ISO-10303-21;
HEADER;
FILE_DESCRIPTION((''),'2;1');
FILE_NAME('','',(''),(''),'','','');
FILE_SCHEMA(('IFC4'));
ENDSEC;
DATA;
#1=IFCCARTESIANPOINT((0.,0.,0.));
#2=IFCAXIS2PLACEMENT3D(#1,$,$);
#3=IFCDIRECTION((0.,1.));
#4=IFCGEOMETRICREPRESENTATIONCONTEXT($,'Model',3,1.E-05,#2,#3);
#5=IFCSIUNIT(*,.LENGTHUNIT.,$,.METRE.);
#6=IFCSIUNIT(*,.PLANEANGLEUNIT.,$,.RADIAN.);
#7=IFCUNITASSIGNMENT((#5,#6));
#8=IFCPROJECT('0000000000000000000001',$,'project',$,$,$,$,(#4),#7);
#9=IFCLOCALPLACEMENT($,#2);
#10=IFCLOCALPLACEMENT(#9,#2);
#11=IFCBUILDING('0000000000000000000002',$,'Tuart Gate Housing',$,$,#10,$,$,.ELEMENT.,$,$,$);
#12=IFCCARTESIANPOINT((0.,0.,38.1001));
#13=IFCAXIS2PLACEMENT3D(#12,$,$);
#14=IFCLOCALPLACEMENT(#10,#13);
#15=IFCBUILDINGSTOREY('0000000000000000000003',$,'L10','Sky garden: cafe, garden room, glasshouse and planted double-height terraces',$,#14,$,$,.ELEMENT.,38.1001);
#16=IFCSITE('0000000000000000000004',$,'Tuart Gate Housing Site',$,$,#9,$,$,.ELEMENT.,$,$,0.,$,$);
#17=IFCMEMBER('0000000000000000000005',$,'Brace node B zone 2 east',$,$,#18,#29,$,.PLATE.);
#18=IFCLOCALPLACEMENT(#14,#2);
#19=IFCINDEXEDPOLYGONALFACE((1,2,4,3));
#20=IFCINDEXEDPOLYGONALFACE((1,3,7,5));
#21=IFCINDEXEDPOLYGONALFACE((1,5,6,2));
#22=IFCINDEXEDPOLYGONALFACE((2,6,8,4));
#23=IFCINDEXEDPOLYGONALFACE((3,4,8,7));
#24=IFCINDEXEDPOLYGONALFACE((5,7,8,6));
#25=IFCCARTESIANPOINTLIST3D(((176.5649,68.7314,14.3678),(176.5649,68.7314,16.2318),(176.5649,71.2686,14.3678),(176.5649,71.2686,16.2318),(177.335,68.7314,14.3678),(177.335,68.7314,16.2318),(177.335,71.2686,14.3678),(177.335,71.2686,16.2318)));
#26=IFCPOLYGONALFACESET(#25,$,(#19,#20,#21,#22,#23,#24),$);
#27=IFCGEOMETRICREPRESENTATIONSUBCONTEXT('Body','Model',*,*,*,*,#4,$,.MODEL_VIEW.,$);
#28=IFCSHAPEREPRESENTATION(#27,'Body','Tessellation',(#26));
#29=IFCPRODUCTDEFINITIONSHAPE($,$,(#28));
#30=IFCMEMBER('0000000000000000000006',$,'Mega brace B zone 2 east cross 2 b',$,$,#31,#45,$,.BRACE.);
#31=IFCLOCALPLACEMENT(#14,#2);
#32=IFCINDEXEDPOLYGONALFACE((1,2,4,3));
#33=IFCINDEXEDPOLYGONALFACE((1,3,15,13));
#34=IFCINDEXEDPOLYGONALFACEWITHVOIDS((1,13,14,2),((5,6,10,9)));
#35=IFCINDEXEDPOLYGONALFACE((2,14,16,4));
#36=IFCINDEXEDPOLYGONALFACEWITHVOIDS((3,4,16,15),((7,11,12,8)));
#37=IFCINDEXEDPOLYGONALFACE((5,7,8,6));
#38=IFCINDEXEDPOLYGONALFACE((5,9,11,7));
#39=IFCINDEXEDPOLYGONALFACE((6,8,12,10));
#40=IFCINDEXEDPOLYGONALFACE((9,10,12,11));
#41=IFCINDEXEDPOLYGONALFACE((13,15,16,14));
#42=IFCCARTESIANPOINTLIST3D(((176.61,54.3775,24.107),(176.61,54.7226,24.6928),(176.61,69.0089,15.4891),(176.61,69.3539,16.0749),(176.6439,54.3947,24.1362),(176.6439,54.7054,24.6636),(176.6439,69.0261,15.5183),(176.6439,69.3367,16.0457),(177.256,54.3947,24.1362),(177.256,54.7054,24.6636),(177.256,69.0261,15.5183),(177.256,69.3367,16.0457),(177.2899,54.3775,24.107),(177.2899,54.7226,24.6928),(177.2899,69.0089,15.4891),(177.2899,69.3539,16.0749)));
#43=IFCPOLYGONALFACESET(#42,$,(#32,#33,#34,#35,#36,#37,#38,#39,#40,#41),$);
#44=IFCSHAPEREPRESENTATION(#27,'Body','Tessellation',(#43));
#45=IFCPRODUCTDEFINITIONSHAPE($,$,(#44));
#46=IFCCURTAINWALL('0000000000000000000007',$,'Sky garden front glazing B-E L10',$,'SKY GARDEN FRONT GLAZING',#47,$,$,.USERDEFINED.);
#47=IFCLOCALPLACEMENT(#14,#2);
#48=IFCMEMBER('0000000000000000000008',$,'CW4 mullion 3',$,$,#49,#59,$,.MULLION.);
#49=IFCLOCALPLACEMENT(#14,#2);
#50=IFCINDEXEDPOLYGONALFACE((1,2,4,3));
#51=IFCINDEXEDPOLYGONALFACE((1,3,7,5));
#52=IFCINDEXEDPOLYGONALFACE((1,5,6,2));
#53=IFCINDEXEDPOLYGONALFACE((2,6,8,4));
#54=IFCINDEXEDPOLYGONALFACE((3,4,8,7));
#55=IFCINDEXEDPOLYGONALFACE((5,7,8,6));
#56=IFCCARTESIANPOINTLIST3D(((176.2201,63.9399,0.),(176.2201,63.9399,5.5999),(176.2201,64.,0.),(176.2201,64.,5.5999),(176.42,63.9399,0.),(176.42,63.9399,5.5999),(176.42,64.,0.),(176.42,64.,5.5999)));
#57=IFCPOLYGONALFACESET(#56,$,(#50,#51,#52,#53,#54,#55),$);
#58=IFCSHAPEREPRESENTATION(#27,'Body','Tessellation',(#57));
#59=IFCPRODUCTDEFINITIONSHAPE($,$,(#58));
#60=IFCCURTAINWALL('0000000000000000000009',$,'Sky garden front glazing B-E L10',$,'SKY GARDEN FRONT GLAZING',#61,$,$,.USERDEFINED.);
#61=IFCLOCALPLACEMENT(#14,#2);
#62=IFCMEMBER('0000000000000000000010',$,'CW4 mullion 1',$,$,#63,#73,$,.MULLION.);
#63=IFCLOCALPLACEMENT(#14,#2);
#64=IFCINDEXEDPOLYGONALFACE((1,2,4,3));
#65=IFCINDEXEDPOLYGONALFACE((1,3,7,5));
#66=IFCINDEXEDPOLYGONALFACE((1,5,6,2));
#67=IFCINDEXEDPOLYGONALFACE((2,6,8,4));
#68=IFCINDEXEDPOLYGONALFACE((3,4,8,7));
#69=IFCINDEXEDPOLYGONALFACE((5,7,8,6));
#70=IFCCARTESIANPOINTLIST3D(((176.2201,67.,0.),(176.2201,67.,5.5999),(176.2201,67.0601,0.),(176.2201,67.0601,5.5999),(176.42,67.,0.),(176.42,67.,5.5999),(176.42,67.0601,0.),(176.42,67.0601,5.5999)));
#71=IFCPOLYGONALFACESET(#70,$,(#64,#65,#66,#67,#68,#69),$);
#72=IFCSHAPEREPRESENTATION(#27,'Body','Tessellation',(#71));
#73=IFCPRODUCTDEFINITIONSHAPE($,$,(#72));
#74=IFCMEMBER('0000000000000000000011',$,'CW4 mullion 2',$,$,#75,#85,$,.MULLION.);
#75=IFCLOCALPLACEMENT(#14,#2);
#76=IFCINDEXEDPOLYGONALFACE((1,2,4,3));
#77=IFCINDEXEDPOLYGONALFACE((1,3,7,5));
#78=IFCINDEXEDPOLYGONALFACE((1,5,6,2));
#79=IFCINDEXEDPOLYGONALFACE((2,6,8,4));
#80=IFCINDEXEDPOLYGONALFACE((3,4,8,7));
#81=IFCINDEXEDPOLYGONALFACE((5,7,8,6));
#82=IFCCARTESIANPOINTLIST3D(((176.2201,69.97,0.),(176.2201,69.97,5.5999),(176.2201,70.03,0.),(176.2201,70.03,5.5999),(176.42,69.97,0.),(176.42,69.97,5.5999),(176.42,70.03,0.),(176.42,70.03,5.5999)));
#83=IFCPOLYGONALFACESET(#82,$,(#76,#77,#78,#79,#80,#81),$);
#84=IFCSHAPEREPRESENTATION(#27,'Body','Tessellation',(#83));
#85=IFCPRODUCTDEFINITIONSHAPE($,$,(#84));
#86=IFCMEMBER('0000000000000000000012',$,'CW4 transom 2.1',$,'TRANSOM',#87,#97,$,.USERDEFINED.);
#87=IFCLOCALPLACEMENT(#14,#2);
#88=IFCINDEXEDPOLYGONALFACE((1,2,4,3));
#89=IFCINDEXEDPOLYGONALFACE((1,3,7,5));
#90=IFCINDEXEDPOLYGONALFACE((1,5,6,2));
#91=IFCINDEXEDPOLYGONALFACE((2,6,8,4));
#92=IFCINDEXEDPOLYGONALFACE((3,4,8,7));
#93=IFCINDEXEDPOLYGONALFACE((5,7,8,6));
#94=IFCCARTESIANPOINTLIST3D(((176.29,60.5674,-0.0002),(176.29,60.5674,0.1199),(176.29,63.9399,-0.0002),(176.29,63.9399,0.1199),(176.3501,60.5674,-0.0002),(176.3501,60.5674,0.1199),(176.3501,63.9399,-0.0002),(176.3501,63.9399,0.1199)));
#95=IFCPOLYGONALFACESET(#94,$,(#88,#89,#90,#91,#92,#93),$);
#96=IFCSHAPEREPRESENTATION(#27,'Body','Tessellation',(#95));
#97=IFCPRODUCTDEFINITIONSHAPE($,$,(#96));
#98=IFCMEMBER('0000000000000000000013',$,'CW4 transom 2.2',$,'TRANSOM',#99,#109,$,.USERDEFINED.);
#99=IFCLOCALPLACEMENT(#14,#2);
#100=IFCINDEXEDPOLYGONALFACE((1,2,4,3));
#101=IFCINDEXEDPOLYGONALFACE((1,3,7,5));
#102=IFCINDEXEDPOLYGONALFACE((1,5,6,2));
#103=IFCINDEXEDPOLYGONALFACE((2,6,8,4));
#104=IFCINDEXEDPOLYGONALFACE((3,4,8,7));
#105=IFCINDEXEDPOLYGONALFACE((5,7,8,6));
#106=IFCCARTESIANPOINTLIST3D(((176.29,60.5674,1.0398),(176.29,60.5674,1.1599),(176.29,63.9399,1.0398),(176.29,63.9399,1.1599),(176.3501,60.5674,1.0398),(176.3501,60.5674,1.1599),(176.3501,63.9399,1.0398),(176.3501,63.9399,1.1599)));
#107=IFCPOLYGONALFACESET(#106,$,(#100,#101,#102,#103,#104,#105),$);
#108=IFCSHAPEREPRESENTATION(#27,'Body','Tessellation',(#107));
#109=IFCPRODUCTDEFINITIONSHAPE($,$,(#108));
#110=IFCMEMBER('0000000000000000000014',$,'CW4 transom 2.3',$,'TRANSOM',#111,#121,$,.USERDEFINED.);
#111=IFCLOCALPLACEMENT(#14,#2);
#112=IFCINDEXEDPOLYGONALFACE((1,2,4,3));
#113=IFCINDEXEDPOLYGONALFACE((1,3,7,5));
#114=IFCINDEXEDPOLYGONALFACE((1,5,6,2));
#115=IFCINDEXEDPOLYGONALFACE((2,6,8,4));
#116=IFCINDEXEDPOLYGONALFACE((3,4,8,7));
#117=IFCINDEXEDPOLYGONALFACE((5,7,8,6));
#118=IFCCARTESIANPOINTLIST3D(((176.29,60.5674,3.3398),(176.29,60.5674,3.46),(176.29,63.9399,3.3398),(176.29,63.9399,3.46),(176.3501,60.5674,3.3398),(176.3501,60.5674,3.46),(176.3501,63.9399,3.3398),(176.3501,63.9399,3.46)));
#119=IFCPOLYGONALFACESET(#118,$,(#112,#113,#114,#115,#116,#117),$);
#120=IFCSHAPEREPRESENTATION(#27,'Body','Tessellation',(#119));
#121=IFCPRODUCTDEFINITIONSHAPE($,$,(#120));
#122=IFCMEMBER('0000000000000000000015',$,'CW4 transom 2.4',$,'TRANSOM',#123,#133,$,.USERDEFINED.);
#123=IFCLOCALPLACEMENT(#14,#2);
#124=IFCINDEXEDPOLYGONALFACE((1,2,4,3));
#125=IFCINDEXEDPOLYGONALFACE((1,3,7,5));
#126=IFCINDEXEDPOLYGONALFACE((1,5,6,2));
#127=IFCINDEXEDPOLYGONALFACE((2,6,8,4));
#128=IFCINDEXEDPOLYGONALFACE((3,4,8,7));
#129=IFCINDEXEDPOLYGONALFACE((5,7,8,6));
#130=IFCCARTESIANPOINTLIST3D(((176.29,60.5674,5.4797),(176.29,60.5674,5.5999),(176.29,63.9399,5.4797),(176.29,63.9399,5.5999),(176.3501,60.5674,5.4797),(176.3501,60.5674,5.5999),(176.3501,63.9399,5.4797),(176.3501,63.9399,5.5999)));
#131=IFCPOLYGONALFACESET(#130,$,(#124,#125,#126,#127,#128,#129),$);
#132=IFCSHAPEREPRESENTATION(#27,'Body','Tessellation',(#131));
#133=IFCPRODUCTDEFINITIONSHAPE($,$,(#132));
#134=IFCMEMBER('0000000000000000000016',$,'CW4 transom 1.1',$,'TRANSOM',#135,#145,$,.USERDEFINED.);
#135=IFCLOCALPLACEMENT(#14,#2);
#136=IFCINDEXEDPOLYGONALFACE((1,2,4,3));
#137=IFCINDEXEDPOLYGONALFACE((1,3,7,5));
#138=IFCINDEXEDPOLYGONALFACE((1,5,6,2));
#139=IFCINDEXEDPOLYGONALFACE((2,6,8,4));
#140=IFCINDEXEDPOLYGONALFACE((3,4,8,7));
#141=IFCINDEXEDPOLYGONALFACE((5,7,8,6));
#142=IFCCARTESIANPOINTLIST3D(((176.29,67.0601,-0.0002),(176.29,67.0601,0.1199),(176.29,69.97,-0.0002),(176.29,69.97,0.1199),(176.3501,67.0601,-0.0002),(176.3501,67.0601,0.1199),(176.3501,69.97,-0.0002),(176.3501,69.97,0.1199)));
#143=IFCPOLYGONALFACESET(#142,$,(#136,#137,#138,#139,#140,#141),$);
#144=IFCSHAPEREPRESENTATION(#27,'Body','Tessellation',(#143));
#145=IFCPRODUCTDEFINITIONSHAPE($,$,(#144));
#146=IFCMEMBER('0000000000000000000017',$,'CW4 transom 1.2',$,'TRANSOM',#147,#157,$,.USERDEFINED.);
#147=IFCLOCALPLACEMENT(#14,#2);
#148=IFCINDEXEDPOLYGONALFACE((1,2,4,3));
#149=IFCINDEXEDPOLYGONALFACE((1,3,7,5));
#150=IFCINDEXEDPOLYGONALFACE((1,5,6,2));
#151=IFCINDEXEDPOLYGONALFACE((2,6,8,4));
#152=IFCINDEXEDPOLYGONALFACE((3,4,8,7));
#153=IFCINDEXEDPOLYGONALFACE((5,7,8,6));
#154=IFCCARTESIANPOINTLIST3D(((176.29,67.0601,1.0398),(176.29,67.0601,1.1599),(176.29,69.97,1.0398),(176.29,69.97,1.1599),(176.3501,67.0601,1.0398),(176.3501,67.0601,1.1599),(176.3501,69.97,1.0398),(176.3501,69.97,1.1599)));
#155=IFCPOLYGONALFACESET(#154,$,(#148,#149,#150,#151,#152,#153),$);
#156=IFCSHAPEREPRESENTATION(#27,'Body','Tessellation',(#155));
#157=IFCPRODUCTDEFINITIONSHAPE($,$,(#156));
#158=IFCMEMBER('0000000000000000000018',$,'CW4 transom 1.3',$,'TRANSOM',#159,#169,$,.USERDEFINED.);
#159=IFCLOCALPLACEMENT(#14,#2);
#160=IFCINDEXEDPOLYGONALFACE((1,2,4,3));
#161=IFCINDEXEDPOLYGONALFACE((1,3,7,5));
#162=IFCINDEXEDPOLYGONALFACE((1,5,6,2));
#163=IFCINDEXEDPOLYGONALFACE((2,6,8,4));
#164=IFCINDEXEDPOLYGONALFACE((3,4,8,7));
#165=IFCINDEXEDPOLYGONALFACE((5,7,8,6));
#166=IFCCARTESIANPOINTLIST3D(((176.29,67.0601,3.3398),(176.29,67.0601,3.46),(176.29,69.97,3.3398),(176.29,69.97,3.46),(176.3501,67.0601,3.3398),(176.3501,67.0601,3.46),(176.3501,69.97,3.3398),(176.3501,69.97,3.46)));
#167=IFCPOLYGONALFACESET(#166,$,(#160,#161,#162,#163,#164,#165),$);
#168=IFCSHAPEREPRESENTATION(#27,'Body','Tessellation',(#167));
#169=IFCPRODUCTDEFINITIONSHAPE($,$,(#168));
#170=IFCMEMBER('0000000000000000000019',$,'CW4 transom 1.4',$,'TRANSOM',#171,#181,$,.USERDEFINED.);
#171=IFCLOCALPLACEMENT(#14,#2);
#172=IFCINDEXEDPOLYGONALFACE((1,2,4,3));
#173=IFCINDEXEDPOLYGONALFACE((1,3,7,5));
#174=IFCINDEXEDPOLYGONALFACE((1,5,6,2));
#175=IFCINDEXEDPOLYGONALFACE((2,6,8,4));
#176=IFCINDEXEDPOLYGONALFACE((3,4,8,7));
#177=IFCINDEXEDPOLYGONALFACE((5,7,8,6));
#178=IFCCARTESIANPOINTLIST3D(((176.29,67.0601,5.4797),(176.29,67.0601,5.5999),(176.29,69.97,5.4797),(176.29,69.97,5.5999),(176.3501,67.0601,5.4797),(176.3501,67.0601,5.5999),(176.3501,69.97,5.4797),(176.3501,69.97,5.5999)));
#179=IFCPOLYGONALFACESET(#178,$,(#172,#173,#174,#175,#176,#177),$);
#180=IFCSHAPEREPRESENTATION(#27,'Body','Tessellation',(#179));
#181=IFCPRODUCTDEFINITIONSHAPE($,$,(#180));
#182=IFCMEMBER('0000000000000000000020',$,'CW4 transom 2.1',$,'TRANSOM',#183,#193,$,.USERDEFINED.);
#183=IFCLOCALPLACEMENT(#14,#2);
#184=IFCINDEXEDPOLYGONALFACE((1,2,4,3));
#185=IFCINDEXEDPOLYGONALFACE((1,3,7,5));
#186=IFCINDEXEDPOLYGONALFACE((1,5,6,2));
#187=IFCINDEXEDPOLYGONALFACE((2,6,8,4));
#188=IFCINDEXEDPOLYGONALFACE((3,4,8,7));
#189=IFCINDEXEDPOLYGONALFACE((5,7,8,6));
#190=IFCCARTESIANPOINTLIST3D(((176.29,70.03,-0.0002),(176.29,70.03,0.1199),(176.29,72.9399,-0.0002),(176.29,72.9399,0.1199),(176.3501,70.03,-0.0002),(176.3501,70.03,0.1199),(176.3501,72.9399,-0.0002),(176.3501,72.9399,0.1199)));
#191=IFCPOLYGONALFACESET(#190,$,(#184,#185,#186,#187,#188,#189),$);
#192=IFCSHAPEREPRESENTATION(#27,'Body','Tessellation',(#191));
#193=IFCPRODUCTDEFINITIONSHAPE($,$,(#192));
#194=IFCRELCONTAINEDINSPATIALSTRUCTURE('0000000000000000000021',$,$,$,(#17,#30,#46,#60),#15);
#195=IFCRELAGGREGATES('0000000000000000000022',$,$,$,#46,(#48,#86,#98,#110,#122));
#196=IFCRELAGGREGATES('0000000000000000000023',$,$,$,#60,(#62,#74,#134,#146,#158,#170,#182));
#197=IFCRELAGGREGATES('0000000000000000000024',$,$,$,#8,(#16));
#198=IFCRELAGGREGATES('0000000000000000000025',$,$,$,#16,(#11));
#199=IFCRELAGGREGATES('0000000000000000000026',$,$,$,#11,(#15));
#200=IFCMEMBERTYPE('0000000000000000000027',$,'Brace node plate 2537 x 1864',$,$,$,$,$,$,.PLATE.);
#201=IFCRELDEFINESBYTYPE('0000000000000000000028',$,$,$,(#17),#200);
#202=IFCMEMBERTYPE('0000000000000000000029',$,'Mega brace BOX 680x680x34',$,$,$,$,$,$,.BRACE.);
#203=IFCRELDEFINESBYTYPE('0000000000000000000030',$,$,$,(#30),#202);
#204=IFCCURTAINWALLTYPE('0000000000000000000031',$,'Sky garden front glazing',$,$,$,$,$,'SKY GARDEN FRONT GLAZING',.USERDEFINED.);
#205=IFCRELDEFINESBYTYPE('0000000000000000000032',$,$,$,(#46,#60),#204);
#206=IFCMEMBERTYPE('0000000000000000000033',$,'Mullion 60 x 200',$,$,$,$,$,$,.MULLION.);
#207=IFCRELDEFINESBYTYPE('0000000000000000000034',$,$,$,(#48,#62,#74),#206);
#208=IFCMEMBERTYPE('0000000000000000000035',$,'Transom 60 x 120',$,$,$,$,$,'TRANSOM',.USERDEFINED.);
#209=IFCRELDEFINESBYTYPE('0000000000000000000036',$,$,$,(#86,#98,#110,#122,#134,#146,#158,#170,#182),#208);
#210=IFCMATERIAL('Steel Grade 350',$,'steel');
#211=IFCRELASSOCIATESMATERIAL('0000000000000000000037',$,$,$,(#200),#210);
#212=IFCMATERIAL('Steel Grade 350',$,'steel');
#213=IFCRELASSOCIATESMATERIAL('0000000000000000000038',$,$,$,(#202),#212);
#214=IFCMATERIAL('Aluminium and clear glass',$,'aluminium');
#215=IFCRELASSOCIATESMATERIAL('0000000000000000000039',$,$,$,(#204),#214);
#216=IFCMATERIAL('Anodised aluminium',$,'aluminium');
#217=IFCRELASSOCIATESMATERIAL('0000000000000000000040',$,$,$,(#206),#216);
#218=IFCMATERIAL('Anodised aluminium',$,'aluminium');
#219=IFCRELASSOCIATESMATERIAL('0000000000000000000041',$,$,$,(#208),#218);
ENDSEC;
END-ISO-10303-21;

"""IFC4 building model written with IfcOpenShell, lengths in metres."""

from ifc_helpers import new_model, si_unit, direction, frame, origin, origin_2d, place, context, subcontext, project, spatial, rectangle, hollow_rectangle, extrude, material, material_profile, profile_set, type_object, element, aggregate, save


model = new_model("IFC4")

# Units and contexts
model_context = context("Model", 3, precision=1e-05, world=origin(), true_north=direction((0.0, 1.0)))
body_context = subcontext(model_context, "Body", "Model", "MODEL_VIEW")
ifc_project = project(units=[si_unit("LENGTHUNIT", "METRE"), si_unit("PLANEANGLEUNIT", "RADIAN")], contexts=[model_context])

# Site, building, storey
site_placement = place(None, origin())
site = spatial("IfcSite", under=ifc_project, at=site_placement, Name="Tuart Gate Housing Site", CompositionType="ELEMENT", RefElevation=0.0)
building_placement = place(site_placement, origin())
building = spatial("IfcBuilding", under=site, at=building_placement, Name="Tuart Gate Housing", CompositionType="ELEMENT")
storey_placement = place(building_placement, frame((0.0, 0.0, 38.1001)))
storey = spatial("IfcBuildingStorey", under=building, at=storey_placement, Name="L10", Description="Sky garden: cafe, garden room, glasshouse and planted double-height terraces", CompositionType="ELEMENT", Elevation=38.1001)

# Members
ifc_material_1 = material(Name="Steel Grade 350", Category="steel")
ifc_material_profile_1 = material_profile(ifc_material_1, rectangle(XDim=2.5371, YDim=1.864, at=origin_2d()), Name="Brace node plate 2537 x 1864")
ifc_profile_set_1 = profile_set([ifc_material_profile_1], Name="Steel Grade 350")
member_type_1 = type_object("IfcMemberType", Name="Brace node plate 2537 x 1864", PredefinedType="PLATE", material=ifc_profile_set_1)
member_1_placement = place(storey_placement, frame((176.5649, 70.0, 15.2998), z_axis=(1.0, 0.0, 0.0), x_axis=(0.0, 1.0, 0.0)))
element("IfcMember", 1, at=member_1_placement, inside=storey, type_object=member_type_1, Name="Brace node B zone 2 east", PredefinedType="PLATE", context=body_context, shape_type="SweptSolid", body=[
    extrude(rectangle(XDim=2.5371, YDim=1.864, at=origin_2d()), origin(), (0.0, 0.0, 1.0), 0.77),
])
ifc_material_2 = material(Name="Steel Grade 350", Category="steel")
ifc_material_profile_2 = material_profile(ifc_material_2, hollow_rectangle(XDim=0.6799, YDim=0.6799, WallThickness=0.0339, at=origin_2d()), Name="BOX 680x680x34")
ifc_profile_set_2 = profile_set([ifc_material_profile_2], Name="Steel Grade 350")
member_type_2 = type_object("IfcMemberType", Name="Mega brace BOX 680x680x34", PredefinedType="BRACE", material=ifc_profile_set_2)
member_2_placement = place(storey_placement, frame((176.95, 69.1814, 15.782), z_axis=(0.0, -0.861645, 0.507512), x_axis=(1.0, 0.0, 0.0)))
element("IfcMember", 2, at=member_2_placement, inside=storey, type_object=member_type_2, Name="Mega brace B zone 2 east cross 2 b", PredefinedType="BRACE", context=body_context, shape_type="SweptSolid", body=[
    extrude(hollow_rectangle(XDim=0.6799, YDim=0.6799, WallThickness=0.0339, at=origin_2d()), origin(), (0.0, 0.0, 1.0), 16.9807),
])

# Curtain wall, member
ifc_material_3 = material(Name="Aluminium and clear glass", Category="aluminium")
curtain_wall_type = type_object("IfcCurtainWallType", Name="Sky garden front glazing", ElementType="SKY GARDEN FRONT GLAZING", PredefinedType="USERDEFINED", material=ifc_material_3)
curtain_wall_1_placement = place(storey_placement, origin())
curtain_wall_1 = element("IfcCurtainWall", 3, at=curtain_wall_1_placement, inside=storey, type_object=curtain_wall_type, Name="Sky garden front glazing B-E L10", ObjectType="SKY GARDEN FRONT GLAZING", PredefinedType="USERDEFINED")
ifc_material_4 = material(Name="Anodised aluminium", Category="aluminium")
ifc_material_profile_3 = material_profile(ifc_material_4, rectangle(XDim=0.0601, YDim=0.2, at=origin_2d()), Name="60x200")
ifc_profile_set_3 = profile_set([ifc_material_profile_3], Name="Anodised aluminium")
member_type_3 = type_object("IfcMemberType", Name="Mullion 60 x 200", PredefinedType="MULLION", material=ifc_profile_set_3)
member_3_placement = place(storey_placement, frame((176.3201, 63.97, 0.0), z_axis=(0.0, 0.0, 1.0), x_axis=(0.0, 1.0, 0.0)))
member_3 = element("IfcMember", 4, at=member_3_placement, type_object=member_type_3, Name="CW4 mullion 3", PredefinedType="MULLION", context=body_context, shape_type="SweptSolid", body=[
    extrude(rectangle(XDim=0.0601, YDim=0.2, at=origin_2d()), origin(), (0.0, 0.0, 1.0), 5.5999),
])

# Curtain wall, members
curtain_wall_2_placement = place(storey_placement, origin())
curtain_wall_2 = element("IfcCurtainWall", 5, at=curtain_wall_2_placement, inside=storey, type_object=curtain_wall_type, Name="Sky garden front glazing B-E L10", ObjectType="SKY GARDEN FRONT GLAZING", PredefinedType="USERDEFINED")
member_4_placement = place(storey_placement, frame((176.3201, 67.03, 0.0), z_axis=(0.0, 0.0, 1.0), x_axis=(0.0, 1.0, 0.0)))
member_4 = element("IfcMember", 6, at=member_4_placement, type_object=member_type_3, Name="CW4 mullion 1", PredefinedType="MULLION", context=body_context, shape_type="SweptSolid", body=[
    extrude(rectangle(XDim=0.0601, YDim=0.2, at=origin_2d()), origin(), (0.0, 0.0, 1.0), 5.5999),
])
member_5_placement = place(storey_placement, frame((176.3201, 70.0, 0.0), z_axis=(0.0, 0.0, 1.0), x_axis=(0.0, 1.0, 0.0)))
member_5 = element("IfcMember", 7, at=member_5_placement, type_object=member_type_3, Name="CW4 mullion 2", PredefinedType="MULLION", context=body_context, shape_type="SweptSolid", body=[
    extrude(rectangle(XDim=0.0601, YDim=0.2, at=origin_2d()), origin(), (0.0, 0.0, 1.0), 5.5999),
])

# Members
ifc_material_5 = material(Name="Anodised aluminium", Category="aluminium")
ifc_material_profile_4 = material_profile(ifc_material_5, rectangle(XDim=0.0601, YDim=0.1201, at=origin_2d()), Name="60x120")
ifc_profile_set_4 = profile_set([ifc_material_profile_4], Name="Anodised aluminium")
member_type_4 = type_object("IfcMemberType", Name="Transom 60 x 120", ElementType="TRANSOM", PredefinedType="USERDEFINED", material=ifc_profile_set_4)
member_6_placement = place(storey_placement, frame((176.3201, 60.5674, 0.0598), z_axis=(0.0, 1.0, 0.0), x_axis=(-1.0, 0.0, 0.0)))
member_6 = element("IfcMember", 8, at=member_6_placement, type_object=member_type_4, Name="CW4 transom 2.1", ObjectType="TRANSOM", PredefinedType="USERDEFINED", context=body_context, shape_type="SweptSolid", body=[
    extrude(rectangle(XDim=0.0601, YDim=0.1201, at=origin_2d()), origin(), (0.0, 0.0, 1.0), 3.3726),
])
member_7_placement = place(storey_placement, frame((176.3201, 60.5674, 1.0999), z_axis=(0.0, 1.0, 0.0), x_axis=(-1.0, 0.0, 0.0)))
member_7 = element("IfcMember", 9, at=member_7_placement, type_object=member_type_4, Name="CW4 transom 2.2", ObjectType="TRANSOM", PredefinedType="USERDEFINED", context=body_context, shape_type="SweptSolid", body=[
    extrude(rectangle(XDim=0.0601, YDim=0.1201, at=origin_2d()), origin(), (0.0, 0.0, 1.0), 3.3726),
])
member_8_placement = place(storey_placement, frame((176.3201, 60.5674, 3.3999), z_axis=(0.0, 1.0, 0.0), x_axis=(-1.0, 0.0, 0.0)))
member_8 = element("IfcMember", 10, at=member_8_placement, type_object=member_type_4, Name="CW4 transom 2.3", ObjectType="TRANSOM", PredefinedType="USERDEFINED", context=body_context, shape_type="SweptSolid", body=[
    extrude(rectangle(XDim=0.0601, YDim=0.1201, at=origin_2d()), origin(), (0.0, 0.0, 1.0), 3.3726),
])
member_9_placement = place(storey_placement, frame((176.3201, 60.5674, 5.5398), z_axis=(0.0, 1.0, 0.0), x_axis=(-1.0, 0.0, 0.0)))
member_9 = element("IfcMember", 11, at=member_9_placement, type_object=member_type_4, Name="CW4 transom 2.4", ObjectType="TRANSOM", PredefinedType="USERDEFINED", context=body_context, shape_type="SweptSolid", body=[
    extrude(rectangle(XDim=0.0601, YDim=0.1201, at=origin_2d()), origin(), (0.0, 0.0, 1.0), 3.3726),
])
member_10_placement = place(storey_placement, frame((176.3201, 67.0601, 0.0598), z_axis=(0.0, 1.0, 0.0), x_axis=(-1.0, 0.0, 0.0)))
member_10 = element("IfcMember", 12, at=member_10_placement, type_object=member_type_4, Name="CW4 transom 1.1", ObjectType="TRANSOM", PredefinedType="USERDEFINED", context=body_context, shape_type="SweptSolid", body=[
    extrude(rectangle(XDim=0.0601, YDim=0.1201, at=origin_2d()), origin(), (0.0, 0.0, 1.0), 2.9099),
])
member_11_placement = place(storey_placement, frame((176.3201, 67.0601, 1.0999), z_axis=(0.0, 1.0, 0.0), x_axis=(-1.0, 0.0, 0.0)))
member_11 = element("IfcMember", 13, at=member_11_placement, type_object=member_type_4, Name="CW4 transom 1.2", ObjectType="TRANSOM", PredefinedType="USERDEFINED", context=body_context, shape_type="SweptSolid", body=[
    extrude(rectangle(XDim=0.0601, YDim=0.1201, at=origin_2d()), origin(), (0.0, 0.0, 1.0), 2.9099),
])
member_12_placement = place(storey_placement, frame((176.3201, 67.0601, 3.3999), z_axis=(0.0, 1.0, 0.0), x_axis=(-1.0, 0.0, 0.0)))
member_12 = element("IfcMember", 14, at=member_12_placement, type_object=member_type_4, Name="CW4 transom 1.3", ObjectType="TRANSOM", PredefinedType="USERDEFINED", context=body_context, shape_type="SweptSolid", body=[
    extrude(rectangle(XDim=0.0601, YDim=0.1201, at=origin_2d()), origin(), (0.0, 0.0, 1.0), 2.9099),
])
member_13_placement = place(storey_placement, frame((176.3201, 67.0601, 5.5398), z_axis=(0.0, 1.0, 0.0), x_axis=(-1.0, 0.0, 0.0)))
member_13 = element("IfcMember", 15, at=member_13_placement, type_object=member_type_4, Name="CW4 transom 1.4", ObjectType="TRANSOM", PredefinedType="USERDEFINED", context=body_context, shape_type="SweptSolid", body=[
    extrude(rectangle(XDim=0.0601, YDim=0.1201, at=origin_2d()), origin(), (0.0, 0.0, 1.0), 2.9099),
])
member_14_placement = place(storey_placement, frame((176.3201, 70.03, 0.0598), z_axis=(0.0, 1.0, 0.0), x_axis=(-1.0, 0.0, 0.0)))
member_14 = element("IfcMember", 16, at=member_14_placement, type_object=member_type_4, Name="CW4 transom 2.1", ObjectType="TRANSOM", PredefinedType="USERDEFINED", context=body_context, shape_type="SweptSolid", body=[
    extrude(rectangle(XDim=0.0601, YDim=0.1201, at=origin_2d()), origin(), (0.0, 0.0, 1.0), 2.9099),
])

aggregate(curtain_wall_1, [member_3, member_6, member_7, member_8, member_9])
aggregate(curtain_wall_2, [member_4, member_5, member_10, member_11, member_12, member_13, member_14])

save(model, "model.ifc")
